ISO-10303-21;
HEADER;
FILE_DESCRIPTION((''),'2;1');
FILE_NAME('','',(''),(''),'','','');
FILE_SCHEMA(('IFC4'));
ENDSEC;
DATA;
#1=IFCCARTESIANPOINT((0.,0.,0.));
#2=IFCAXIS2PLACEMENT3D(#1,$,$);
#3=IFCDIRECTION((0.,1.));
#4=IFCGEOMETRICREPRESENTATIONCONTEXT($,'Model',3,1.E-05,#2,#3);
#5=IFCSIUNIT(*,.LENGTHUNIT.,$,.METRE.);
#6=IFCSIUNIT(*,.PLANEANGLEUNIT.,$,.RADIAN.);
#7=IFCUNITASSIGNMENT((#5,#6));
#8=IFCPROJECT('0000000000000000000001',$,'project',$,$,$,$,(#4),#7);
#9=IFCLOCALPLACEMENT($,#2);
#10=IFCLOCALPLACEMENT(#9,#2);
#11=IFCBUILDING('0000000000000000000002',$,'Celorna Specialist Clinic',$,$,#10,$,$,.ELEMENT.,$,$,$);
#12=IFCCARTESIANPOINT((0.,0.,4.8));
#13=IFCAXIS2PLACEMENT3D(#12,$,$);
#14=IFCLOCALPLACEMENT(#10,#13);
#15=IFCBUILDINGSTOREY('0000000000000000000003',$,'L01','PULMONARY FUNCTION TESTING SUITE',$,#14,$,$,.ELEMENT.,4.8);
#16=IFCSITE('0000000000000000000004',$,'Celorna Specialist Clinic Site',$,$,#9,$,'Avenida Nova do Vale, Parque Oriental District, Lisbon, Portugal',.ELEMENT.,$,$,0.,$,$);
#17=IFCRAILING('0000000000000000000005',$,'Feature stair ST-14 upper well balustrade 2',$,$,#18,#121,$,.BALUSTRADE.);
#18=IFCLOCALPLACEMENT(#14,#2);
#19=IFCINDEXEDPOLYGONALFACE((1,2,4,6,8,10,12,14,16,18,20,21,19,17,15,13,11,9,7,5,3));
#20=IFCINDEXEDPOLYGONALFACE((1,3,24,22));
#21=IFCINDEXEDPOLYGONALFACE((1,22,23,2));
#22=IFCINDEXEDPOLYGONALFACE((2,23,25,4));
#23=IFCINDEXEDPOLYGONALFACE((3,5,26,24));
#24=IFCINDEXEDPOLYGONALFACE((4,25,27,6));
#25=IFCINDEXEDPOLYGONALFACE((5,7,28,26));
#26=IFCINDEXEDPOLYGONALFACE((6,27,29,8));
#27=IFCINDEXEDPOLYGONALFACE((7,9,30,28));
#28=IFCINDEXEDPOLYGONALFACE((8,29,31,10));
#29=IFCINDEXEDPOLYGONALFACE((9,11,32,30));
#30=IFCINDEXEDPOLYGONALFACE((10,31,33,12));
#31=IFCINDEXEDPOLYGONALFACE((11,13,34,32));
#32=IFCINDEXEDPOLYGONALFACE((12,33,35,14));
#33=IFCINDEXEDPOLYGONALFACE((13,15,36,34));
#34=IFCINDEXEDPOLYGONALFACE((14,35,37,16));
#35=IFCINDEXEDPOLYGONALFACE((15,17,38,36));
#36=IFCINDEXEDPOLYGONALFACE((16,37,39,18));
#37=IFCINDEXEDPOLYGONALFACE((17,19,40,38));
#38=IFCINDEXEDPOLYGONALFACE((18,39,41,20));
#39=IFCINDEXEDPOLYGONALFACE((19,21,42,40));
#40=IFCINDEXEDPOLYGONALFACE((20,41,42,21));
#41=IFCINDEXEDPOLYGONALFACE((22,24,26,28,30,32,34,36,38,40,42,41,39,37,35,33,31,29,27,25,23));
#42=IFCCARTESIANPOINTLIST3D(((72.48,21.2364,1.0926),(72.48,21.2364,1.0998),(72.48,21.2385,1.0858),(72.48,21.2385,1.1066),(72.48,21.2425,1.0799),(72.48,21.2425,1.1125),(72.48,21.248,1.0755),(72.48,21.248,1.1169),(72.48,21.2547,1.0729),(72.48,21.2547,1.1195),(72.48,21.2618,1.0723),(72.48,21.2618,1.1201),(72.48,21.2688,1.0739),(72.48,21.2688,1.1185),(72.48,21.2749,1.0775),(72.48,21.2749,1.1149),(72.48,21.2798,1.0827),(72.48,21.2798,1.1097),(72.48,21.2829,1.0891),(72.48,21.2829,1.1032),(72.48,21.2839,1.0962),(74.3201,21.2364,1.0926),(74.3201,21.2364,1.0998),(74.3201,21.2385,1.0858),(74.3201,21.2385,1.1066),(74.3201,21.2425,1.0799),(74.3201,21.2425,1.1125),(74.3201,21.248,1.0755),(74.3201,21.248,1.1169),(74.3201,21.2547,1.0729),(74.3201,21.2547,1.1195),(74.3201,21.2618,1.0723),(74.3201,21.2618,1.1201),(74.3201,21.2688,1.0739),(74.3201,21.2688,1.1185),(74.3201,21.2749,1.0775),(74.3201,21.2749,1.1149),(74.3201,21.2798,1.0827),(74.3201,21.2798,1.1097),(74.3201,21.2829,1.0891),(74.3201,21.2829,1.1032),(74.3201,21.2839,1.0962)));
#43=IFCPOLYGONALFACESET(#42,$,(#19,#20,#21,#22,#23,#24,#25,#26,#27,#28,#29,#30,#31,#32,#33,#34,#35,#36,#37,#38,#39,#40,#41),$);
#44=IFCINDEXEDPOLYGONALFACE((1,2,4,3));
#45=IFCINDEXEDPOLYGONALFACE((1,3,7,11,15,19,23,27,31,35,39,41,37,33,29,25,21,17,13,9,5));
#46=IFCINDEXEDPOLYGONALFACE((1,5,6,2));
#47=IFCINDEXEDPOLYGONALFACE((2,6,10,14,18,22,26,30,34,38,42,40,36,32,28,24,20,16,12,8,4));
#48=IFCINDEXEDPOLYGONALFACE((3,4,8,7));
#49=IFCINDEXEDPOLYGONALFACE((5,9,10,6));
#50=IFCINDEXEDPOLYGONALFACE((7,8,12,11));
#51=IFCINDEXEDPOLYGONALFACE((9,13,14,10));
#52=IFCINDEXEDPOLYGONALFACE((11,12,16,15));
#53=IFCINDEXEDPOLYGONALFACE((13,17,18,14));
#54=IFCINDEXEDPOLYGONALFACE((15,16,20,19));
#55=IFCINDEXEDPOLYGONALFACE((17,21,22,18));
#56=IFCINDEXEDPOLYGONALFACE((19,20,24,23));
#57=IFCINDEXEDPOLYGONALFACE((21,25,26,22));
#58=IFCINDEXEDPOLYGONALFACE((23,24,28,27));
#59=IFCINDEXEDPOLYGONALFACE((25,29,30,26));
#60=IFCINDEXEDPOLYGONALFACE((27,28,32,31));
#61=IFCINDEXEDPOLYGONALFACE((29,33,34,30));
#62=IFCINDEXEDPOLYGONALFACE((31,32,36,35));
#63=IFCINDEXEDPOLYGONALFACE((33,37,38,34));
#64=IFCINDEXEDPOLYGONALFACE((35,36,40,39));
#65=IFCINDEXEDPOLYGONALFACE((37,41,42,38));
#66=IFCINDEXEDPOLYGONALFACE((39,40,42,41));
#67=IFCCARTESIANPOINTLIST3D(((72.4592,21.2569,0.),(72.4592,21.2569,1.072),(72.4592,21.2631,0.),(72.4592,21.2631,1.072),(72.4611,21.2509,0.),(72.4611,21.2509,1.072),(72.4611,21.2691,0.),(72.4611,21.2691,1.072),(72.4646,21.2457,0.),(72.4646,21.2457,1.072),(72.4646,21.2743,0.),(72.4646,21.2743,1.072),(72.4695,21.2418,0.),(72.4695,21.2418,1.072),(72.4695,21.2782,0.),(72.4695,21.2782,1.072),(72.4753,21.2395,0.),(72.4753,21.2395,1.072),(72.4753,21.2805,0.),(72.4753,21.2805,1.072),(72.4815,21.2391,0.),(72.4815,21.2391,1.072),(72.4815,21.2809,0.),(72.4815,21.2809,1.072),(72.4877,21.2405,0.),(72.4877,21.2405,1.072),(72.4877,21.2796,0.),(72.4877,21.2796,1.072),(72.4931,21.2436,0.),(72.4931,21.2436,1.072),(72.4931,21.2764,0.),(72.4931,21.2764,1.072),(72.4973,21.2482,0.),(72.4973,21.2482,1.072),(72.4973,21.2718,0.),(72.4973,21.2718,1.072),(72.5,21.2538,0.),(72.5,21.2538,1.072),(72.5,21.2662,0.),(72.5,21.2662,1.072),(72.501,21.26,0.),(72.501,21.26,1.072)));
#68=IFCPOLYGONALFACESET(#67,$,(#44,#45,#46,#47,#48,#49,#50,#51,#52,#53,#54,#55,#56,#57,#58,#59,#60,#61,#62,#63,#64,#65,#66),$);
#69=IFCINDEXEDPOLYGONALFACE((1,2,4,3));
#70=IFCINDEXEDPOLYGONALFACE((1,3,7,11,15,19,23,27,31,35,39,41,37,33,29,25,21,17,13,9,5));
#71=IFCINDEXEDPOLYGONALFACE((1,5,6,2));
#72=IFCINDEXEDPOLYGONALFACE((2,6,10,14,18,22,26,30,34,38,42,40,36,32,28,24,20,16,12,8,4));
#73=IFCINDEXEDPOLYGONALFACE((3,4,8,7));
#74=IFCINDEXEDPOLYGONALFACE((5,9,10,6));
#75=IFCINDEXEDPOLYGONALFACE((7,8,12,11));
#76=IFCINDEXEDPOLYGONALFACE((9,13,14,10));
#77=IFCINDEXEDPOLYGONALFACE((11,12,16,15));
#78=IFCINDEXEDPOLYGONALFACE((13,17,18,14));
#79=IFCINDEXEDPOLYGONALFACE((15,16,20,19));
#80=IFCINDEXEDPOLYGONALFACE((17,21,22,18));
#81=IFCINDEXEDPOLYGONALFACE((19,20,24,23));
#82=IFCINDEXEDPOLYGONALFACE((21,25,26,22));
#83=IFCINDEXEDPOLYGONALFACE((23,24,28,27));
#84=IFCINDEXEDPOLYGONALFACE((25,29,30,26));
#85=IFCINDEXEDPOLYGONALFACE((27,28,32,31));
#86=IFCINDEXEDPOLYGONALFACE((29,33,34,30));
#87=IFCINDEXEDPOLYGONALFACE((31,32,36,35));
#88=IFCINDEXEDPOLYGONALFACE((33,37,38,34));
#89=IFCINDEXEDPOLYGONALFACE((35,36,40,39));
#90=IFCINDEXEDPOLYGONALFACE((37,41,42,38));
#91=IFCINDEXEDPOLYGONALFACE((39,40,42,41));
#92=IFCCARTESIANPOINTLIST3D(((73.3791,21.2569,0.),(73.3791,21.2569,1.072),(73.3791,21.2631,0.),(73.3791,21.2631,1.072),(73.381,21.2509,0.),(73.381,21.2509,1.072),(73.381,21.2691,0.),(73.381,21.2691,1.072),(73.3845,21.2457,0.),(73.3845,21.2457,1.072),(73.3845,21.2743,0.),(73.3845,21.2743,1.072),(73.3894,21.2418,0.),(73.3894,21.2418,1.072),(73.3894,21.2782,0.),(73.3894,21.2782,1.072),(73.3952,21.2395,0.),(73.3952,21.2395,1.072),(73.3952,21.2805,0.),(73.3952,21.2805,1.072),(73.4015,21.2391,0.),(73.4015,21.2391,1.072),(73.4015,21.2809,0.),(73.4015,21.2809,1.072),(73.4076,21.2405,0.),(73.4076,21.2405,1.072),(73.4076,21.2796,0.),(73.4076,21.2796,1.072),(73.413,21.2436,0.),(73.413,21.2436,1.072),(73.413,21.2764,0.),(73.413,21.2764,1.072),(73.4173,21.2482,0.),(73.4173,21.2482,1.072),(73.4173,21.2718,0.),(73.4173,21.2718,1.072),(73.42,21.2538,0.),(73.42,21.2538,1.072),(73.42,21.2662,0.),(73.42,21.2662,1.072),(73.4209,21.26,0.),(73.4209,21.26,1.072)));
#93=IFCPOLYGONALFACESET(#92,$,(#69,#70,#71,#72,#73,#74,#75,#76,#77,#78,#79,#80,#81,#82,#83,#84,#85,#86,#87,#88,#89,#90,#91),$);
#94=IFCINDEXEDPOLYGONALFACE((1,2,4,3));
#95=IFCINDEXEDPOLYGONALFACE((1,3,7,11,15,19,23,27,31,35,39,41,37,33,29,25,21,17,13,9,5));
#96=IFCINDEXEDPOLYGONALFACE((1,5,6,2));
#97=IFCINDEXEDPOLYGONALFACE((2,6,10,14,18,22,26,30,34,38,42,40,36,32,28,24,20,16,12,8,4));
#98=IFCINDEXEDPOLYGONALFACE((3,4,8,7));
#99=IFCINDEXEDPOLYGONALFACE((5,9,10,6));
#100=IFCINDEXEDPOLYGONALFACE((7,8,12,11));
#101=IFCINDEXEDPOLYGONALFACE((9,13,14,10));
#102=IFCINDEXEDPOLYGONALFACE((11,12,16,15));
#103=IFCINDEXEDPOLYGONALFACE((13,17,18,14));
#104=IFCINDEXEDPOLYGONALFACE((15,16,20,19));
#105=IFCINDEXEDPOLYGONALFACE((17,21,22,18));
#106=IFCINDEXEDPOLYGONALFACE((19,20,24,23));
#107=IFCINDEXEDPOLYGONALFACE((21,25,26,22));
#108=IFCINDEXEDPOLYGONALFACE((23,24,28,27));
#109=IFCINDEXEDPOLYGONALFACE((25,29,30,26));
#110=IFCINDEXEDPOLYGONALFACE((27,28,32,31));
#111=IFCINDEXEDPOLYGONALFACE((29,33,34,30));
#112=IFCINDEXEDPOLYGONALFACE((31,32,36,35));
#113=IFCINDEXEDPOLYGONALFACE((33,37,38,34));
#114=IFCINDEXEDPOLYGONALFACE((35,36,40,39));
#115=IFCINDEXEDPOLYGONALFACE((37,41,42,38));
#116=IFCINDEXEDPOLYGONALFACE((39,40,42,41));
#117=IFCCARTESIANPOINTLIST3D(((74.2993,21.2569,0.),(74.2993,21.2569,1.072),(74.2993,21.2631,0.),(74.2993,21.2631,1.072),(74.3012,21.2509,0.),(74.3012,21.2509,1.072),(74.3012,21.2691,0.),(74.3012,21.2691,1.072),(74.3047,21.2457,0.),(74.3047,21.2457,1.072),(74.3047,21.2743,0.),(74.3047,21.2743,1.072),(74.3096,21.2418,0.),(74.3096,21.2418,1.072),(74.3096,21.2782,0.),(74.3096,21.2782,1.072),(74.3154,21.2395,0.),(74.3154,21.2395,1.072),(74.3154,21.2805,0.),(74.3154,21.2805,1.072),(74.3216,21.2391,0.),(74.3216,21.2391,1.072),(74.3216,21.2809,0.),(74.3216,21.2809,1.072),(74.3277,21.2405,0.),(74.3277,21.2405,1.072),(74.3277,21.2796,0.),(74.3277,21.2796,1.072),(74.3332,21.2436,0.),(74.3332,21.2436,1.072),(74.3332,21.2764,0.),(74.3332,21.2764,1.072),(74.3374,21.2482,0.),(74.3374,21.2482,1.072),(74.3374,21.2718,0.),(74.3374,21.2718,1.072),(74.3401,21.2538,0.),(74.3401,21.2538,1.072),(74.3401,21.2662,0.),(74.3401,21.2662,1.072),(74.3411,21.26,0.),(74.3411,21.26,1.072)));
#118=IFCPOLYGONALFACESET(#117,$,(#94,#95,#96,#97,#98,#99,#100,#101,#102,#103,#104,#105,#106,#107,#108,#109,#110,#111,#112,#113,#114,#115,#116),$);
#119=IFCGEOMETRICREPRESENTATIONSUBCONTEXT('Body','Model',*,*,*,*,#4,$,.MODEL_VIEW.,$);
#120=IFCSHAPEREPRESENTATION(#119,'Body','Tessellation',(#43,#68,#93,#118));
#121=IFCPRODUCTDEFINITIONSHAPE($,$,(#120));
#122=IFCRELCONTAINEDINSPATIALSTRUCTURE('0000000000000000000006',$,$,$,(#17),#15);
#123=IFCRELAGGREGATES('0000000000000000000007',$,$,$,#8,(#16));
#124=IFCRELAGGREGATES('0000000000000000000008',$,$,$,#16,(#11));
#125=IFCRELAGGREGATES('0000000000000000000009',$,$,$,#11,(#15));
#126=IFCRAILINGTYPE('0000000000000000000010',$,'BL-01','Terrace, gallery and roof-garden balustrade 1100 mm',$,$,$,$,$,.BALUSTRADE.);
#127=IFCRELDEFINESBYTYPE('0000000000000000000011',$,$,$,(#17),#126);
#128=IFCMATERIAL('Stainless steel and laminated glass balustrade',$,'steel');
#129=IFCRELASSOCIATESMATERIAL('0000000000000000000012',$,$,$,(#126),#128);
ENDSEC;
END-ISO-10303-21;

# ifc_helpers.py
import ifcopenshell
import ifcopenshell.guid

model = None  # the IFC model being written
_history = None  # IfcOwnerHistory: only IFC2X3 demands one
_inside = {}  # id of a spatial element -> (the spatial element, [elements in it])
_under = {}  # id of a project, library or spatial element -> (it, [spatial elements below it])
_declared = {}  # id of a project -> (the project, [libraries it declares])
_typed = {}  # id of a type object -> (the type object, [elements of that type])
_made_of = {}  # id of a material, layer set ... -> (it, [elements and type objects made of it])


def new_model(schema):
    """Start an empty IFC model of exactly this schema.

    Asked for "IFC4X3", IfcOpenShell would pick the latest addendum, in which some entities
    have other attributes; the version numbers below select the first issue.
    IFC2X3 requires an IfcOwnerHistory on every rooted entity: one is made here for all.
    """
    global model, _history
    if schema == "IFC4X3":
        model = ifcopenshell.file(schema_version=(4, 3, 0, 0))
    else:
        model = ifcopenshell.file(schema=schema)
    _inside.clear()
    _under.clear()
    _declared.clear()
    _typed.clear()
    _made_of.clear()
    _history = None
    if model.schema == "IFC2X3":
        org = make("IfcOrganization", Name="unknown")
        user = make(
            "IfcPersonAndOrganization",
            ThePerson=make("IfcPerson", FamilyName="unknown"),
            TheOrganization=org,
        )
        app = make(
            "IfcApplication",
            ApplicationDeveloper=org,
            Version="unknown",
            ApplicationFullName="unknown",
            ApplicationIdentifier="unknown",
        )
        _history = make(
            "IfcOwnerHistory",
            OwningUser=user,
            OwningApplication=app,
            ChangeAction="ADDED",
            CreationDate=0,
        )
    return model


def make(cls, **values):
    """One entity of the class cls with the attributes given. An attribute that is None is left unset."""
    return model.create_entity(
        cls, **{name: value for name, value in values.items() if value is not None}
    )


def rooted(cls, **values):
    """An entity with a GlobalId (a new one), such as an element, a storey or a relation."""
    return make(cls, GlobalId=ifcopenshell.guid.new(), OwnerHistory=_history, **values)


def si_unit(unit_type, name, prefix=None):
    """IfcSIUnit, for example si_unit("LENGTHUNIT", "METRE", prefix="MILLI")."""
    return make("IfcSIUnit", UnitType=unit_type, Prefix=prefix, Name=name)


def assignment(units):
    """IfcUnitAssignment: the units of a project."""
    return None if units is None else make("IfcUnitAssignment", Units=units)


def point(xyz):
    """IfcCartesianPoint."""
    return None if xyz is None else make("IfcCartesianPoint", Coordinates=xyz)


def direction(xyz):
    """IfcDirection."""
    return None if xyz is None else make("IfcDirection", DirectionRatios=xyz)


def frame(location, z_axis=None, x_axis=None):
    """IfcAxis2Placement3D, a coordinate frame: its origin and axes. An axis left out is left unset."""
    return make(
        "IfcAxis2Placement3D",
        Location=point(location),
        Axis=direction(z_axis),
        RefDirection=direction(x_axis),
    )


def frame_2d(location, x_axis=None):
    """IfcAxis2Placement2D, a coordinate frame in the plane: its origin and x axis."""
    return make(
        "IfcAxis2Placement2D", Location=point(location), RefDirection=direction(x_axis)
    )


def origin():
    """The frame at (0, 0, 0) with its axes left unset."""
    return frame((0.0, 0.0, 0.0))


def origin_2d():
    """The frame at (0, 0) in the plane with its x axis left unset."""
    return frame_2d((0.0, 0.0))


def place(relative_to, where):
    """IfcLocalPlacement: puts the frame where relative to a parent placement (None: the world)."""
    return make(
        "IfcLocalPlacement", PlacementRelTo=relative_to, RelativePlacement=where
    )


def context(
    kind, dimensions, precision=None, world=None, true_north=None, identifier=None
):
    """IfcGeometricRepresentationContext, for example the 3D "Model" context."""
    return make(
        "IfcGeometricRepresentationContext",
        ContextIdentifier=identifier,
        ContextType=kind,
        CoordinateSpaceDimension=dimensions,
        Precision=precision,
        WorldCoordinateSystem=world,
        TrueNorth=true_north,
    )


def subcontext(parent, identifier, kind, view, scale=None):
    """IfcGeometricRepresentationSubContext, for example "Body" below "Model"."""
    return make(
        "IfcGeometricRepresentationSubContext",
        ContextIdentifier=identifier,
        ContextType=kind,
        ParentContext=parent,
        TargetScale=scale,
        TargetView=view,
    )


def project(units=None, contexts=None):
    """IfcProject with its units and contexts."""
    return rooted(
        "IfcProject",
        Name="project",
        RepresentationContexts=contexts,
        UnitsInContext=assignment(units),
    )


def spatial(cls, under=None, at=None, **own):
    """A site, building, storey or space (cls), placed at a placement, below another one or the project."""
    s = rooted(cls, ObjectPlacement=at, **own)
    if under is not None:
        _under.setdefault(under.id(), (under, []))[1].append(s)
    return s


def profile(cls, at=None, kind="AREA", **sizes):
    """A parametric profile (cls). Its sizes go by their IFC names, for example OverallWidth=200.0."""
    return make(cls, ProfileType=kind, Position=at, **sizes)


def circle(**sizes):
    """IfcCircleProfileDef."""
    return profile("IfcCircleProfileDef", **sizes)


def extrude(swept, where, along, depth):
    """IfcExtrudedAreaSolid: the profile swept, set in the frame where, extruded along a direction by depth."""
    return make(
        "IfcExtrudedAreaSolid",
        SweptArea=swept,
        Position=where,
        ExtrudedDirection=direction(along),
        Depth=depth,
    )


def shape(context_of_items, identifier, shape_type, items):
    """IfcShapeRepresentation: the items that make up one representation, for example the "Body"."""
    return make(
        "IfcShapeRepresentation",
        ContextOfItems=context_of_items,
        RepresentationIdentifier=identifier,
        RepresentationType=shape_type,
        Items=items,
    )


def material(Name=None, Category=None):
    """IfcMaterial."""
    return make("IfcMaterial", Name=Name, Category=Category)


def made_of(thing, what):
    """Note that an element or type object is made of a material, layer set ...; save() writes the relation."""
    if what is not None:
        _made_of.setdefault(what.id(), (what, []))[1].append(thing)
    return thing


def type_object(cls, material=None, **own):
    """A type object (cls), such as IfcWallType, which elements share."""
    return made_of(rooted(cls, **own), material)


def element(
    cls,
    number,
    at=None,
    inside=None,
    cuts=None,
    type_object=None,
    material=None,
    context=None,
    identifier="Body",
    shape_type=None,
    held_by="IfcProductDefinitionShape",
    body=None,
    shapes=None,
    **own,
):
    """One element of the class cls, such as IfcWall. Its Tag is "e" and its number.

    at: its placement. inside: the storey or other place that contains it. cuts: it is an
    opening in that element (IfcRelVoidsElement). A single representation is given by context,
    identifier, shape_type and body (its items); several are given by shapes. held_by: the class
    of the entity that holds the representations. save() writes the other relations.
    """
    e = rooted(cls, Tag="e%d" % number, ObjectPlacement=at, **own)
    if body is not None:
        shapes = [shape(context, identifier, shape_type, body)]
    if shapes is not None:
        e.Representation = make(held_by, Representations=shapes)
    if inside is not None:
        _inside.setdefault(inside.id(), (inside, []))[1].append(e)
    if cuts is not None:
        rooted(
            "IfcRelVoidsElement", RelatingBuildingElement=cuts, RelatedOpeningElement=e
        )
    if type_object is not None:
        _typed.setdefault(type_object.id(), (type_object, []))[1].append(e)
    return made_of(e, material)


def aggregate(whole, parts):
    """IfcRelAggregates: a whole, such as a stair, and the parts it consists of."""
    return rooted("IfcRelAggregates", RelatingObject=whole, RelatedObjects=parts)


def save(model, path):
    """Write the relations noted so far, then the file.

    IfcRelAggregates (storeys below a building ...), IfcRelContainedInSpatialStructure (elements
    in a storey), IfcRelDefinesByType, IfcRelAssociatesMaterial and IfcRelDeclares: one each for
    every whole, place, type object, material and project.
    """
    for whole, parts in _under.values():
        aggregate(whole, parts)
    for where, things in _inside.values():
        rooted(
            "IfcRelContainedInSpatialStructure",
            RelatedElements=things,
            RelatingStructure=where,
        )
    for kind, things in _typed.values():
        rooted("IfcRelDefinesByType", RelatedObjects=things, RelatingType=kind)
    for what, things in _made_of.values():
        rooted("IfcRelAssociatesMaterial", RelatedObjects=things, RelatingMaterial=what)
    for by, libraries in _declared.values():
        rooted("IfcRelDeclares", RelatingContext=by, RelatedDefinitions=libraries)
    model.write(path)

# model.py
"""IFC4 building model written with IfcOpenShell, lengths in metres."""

from ifc_helpers import new_model, si_unit, direction, frame, origin, origin_2d, place, context, subcontext, project, spatial, circle, extrude, material, type_object, element, save


model = new_model("IFC4")

# Units and contexts
model_context = context("Model", 3, precision=1e-05, world=origin(), true_north=direction((0.0, 1.0)))
body_context = subcontext(model_context, "Body", "Model", "MODEL_VIEW")
ifc_project = project(units=[si_unit("LENGTHUNIT", "METRE"), si_unit("PLANEANGLEUNIT", "RADIAN")], contexts=[model_context])

# Site, building, storey
site_placement = place(None, origin())
site = spatial("IfcSite", under=ifc_project, at=site_placement, Name="Celorna Specialist Clinic Site", LongName="Avenida Nova do Vale, Parque Oriental District, Lisbon, Portugal", CompositionType="ELEMENT", RefElevation=0.0)
building_placement = place(site_placement, origin())
building = spatial("IfcBuilding", under=site, at=building_placement, Name="Celorna Specialist Clinic", CompositionType="ELEMENT")
storey_placement = place(building_placement, frame((0.0, 0.0, 4.8)))
storey = spatial("IfcBuildingStorey", under=building, at=storey_placement, Name="L01", Description="PULMONARY FUNCTION TESTING SUITE", CompositionType="ELEMENT", Elevation=4.8)

# Railing
ifc_material_1 = material(Name="Stainless steel and laminated glass balustrade", Category="steel")
railing_type = type_object("IfcRailingType", Name="BL-01", Description="Terrace, gallery and roof-garden balustrade 1100 mm", PredefinedType="BALUSTRADE", material=ifc_material_1)
railing_1_placement = place(storey_placement, frame((72.48, 21.26, 0.0)))
element("IfcRailing", 1, at=railing_1_placement, inside=storey, type_object=railing_type, Name="Feature stair ST-14 upper well balustrade 2", PredefinedType="BALUSTRADE", context=body_context, shape_type="SweptSolid", body=[
    extrude(circle(Radius=0.0239, at=origin_2d()), frame((0.0, 0.0, 1.0962), z_axis=(1.0, 0.0, 0.0), x_axis=(0.0, 1.0, 0.0)), (0.0, 0.0, 1.0), 1.8401),
    extrude(circle(Radius=0.021, at=origin_2d()), origin(), (0.0, 0.0, 1.0), 1.072),
    extrude(circle(Radius=0.021, at=origin_2d()), frame((0.9199, 0.0, 0.0)), (0.0, 0.0, 1.0), 1.072),
    extrude(circle(Radius=0.021, at=origin_2d()), frame((1.8401, 0.0, 0.0)), (0.0, 0.0, 1.0), 1.072),
])

save(model, "model.ifc")
